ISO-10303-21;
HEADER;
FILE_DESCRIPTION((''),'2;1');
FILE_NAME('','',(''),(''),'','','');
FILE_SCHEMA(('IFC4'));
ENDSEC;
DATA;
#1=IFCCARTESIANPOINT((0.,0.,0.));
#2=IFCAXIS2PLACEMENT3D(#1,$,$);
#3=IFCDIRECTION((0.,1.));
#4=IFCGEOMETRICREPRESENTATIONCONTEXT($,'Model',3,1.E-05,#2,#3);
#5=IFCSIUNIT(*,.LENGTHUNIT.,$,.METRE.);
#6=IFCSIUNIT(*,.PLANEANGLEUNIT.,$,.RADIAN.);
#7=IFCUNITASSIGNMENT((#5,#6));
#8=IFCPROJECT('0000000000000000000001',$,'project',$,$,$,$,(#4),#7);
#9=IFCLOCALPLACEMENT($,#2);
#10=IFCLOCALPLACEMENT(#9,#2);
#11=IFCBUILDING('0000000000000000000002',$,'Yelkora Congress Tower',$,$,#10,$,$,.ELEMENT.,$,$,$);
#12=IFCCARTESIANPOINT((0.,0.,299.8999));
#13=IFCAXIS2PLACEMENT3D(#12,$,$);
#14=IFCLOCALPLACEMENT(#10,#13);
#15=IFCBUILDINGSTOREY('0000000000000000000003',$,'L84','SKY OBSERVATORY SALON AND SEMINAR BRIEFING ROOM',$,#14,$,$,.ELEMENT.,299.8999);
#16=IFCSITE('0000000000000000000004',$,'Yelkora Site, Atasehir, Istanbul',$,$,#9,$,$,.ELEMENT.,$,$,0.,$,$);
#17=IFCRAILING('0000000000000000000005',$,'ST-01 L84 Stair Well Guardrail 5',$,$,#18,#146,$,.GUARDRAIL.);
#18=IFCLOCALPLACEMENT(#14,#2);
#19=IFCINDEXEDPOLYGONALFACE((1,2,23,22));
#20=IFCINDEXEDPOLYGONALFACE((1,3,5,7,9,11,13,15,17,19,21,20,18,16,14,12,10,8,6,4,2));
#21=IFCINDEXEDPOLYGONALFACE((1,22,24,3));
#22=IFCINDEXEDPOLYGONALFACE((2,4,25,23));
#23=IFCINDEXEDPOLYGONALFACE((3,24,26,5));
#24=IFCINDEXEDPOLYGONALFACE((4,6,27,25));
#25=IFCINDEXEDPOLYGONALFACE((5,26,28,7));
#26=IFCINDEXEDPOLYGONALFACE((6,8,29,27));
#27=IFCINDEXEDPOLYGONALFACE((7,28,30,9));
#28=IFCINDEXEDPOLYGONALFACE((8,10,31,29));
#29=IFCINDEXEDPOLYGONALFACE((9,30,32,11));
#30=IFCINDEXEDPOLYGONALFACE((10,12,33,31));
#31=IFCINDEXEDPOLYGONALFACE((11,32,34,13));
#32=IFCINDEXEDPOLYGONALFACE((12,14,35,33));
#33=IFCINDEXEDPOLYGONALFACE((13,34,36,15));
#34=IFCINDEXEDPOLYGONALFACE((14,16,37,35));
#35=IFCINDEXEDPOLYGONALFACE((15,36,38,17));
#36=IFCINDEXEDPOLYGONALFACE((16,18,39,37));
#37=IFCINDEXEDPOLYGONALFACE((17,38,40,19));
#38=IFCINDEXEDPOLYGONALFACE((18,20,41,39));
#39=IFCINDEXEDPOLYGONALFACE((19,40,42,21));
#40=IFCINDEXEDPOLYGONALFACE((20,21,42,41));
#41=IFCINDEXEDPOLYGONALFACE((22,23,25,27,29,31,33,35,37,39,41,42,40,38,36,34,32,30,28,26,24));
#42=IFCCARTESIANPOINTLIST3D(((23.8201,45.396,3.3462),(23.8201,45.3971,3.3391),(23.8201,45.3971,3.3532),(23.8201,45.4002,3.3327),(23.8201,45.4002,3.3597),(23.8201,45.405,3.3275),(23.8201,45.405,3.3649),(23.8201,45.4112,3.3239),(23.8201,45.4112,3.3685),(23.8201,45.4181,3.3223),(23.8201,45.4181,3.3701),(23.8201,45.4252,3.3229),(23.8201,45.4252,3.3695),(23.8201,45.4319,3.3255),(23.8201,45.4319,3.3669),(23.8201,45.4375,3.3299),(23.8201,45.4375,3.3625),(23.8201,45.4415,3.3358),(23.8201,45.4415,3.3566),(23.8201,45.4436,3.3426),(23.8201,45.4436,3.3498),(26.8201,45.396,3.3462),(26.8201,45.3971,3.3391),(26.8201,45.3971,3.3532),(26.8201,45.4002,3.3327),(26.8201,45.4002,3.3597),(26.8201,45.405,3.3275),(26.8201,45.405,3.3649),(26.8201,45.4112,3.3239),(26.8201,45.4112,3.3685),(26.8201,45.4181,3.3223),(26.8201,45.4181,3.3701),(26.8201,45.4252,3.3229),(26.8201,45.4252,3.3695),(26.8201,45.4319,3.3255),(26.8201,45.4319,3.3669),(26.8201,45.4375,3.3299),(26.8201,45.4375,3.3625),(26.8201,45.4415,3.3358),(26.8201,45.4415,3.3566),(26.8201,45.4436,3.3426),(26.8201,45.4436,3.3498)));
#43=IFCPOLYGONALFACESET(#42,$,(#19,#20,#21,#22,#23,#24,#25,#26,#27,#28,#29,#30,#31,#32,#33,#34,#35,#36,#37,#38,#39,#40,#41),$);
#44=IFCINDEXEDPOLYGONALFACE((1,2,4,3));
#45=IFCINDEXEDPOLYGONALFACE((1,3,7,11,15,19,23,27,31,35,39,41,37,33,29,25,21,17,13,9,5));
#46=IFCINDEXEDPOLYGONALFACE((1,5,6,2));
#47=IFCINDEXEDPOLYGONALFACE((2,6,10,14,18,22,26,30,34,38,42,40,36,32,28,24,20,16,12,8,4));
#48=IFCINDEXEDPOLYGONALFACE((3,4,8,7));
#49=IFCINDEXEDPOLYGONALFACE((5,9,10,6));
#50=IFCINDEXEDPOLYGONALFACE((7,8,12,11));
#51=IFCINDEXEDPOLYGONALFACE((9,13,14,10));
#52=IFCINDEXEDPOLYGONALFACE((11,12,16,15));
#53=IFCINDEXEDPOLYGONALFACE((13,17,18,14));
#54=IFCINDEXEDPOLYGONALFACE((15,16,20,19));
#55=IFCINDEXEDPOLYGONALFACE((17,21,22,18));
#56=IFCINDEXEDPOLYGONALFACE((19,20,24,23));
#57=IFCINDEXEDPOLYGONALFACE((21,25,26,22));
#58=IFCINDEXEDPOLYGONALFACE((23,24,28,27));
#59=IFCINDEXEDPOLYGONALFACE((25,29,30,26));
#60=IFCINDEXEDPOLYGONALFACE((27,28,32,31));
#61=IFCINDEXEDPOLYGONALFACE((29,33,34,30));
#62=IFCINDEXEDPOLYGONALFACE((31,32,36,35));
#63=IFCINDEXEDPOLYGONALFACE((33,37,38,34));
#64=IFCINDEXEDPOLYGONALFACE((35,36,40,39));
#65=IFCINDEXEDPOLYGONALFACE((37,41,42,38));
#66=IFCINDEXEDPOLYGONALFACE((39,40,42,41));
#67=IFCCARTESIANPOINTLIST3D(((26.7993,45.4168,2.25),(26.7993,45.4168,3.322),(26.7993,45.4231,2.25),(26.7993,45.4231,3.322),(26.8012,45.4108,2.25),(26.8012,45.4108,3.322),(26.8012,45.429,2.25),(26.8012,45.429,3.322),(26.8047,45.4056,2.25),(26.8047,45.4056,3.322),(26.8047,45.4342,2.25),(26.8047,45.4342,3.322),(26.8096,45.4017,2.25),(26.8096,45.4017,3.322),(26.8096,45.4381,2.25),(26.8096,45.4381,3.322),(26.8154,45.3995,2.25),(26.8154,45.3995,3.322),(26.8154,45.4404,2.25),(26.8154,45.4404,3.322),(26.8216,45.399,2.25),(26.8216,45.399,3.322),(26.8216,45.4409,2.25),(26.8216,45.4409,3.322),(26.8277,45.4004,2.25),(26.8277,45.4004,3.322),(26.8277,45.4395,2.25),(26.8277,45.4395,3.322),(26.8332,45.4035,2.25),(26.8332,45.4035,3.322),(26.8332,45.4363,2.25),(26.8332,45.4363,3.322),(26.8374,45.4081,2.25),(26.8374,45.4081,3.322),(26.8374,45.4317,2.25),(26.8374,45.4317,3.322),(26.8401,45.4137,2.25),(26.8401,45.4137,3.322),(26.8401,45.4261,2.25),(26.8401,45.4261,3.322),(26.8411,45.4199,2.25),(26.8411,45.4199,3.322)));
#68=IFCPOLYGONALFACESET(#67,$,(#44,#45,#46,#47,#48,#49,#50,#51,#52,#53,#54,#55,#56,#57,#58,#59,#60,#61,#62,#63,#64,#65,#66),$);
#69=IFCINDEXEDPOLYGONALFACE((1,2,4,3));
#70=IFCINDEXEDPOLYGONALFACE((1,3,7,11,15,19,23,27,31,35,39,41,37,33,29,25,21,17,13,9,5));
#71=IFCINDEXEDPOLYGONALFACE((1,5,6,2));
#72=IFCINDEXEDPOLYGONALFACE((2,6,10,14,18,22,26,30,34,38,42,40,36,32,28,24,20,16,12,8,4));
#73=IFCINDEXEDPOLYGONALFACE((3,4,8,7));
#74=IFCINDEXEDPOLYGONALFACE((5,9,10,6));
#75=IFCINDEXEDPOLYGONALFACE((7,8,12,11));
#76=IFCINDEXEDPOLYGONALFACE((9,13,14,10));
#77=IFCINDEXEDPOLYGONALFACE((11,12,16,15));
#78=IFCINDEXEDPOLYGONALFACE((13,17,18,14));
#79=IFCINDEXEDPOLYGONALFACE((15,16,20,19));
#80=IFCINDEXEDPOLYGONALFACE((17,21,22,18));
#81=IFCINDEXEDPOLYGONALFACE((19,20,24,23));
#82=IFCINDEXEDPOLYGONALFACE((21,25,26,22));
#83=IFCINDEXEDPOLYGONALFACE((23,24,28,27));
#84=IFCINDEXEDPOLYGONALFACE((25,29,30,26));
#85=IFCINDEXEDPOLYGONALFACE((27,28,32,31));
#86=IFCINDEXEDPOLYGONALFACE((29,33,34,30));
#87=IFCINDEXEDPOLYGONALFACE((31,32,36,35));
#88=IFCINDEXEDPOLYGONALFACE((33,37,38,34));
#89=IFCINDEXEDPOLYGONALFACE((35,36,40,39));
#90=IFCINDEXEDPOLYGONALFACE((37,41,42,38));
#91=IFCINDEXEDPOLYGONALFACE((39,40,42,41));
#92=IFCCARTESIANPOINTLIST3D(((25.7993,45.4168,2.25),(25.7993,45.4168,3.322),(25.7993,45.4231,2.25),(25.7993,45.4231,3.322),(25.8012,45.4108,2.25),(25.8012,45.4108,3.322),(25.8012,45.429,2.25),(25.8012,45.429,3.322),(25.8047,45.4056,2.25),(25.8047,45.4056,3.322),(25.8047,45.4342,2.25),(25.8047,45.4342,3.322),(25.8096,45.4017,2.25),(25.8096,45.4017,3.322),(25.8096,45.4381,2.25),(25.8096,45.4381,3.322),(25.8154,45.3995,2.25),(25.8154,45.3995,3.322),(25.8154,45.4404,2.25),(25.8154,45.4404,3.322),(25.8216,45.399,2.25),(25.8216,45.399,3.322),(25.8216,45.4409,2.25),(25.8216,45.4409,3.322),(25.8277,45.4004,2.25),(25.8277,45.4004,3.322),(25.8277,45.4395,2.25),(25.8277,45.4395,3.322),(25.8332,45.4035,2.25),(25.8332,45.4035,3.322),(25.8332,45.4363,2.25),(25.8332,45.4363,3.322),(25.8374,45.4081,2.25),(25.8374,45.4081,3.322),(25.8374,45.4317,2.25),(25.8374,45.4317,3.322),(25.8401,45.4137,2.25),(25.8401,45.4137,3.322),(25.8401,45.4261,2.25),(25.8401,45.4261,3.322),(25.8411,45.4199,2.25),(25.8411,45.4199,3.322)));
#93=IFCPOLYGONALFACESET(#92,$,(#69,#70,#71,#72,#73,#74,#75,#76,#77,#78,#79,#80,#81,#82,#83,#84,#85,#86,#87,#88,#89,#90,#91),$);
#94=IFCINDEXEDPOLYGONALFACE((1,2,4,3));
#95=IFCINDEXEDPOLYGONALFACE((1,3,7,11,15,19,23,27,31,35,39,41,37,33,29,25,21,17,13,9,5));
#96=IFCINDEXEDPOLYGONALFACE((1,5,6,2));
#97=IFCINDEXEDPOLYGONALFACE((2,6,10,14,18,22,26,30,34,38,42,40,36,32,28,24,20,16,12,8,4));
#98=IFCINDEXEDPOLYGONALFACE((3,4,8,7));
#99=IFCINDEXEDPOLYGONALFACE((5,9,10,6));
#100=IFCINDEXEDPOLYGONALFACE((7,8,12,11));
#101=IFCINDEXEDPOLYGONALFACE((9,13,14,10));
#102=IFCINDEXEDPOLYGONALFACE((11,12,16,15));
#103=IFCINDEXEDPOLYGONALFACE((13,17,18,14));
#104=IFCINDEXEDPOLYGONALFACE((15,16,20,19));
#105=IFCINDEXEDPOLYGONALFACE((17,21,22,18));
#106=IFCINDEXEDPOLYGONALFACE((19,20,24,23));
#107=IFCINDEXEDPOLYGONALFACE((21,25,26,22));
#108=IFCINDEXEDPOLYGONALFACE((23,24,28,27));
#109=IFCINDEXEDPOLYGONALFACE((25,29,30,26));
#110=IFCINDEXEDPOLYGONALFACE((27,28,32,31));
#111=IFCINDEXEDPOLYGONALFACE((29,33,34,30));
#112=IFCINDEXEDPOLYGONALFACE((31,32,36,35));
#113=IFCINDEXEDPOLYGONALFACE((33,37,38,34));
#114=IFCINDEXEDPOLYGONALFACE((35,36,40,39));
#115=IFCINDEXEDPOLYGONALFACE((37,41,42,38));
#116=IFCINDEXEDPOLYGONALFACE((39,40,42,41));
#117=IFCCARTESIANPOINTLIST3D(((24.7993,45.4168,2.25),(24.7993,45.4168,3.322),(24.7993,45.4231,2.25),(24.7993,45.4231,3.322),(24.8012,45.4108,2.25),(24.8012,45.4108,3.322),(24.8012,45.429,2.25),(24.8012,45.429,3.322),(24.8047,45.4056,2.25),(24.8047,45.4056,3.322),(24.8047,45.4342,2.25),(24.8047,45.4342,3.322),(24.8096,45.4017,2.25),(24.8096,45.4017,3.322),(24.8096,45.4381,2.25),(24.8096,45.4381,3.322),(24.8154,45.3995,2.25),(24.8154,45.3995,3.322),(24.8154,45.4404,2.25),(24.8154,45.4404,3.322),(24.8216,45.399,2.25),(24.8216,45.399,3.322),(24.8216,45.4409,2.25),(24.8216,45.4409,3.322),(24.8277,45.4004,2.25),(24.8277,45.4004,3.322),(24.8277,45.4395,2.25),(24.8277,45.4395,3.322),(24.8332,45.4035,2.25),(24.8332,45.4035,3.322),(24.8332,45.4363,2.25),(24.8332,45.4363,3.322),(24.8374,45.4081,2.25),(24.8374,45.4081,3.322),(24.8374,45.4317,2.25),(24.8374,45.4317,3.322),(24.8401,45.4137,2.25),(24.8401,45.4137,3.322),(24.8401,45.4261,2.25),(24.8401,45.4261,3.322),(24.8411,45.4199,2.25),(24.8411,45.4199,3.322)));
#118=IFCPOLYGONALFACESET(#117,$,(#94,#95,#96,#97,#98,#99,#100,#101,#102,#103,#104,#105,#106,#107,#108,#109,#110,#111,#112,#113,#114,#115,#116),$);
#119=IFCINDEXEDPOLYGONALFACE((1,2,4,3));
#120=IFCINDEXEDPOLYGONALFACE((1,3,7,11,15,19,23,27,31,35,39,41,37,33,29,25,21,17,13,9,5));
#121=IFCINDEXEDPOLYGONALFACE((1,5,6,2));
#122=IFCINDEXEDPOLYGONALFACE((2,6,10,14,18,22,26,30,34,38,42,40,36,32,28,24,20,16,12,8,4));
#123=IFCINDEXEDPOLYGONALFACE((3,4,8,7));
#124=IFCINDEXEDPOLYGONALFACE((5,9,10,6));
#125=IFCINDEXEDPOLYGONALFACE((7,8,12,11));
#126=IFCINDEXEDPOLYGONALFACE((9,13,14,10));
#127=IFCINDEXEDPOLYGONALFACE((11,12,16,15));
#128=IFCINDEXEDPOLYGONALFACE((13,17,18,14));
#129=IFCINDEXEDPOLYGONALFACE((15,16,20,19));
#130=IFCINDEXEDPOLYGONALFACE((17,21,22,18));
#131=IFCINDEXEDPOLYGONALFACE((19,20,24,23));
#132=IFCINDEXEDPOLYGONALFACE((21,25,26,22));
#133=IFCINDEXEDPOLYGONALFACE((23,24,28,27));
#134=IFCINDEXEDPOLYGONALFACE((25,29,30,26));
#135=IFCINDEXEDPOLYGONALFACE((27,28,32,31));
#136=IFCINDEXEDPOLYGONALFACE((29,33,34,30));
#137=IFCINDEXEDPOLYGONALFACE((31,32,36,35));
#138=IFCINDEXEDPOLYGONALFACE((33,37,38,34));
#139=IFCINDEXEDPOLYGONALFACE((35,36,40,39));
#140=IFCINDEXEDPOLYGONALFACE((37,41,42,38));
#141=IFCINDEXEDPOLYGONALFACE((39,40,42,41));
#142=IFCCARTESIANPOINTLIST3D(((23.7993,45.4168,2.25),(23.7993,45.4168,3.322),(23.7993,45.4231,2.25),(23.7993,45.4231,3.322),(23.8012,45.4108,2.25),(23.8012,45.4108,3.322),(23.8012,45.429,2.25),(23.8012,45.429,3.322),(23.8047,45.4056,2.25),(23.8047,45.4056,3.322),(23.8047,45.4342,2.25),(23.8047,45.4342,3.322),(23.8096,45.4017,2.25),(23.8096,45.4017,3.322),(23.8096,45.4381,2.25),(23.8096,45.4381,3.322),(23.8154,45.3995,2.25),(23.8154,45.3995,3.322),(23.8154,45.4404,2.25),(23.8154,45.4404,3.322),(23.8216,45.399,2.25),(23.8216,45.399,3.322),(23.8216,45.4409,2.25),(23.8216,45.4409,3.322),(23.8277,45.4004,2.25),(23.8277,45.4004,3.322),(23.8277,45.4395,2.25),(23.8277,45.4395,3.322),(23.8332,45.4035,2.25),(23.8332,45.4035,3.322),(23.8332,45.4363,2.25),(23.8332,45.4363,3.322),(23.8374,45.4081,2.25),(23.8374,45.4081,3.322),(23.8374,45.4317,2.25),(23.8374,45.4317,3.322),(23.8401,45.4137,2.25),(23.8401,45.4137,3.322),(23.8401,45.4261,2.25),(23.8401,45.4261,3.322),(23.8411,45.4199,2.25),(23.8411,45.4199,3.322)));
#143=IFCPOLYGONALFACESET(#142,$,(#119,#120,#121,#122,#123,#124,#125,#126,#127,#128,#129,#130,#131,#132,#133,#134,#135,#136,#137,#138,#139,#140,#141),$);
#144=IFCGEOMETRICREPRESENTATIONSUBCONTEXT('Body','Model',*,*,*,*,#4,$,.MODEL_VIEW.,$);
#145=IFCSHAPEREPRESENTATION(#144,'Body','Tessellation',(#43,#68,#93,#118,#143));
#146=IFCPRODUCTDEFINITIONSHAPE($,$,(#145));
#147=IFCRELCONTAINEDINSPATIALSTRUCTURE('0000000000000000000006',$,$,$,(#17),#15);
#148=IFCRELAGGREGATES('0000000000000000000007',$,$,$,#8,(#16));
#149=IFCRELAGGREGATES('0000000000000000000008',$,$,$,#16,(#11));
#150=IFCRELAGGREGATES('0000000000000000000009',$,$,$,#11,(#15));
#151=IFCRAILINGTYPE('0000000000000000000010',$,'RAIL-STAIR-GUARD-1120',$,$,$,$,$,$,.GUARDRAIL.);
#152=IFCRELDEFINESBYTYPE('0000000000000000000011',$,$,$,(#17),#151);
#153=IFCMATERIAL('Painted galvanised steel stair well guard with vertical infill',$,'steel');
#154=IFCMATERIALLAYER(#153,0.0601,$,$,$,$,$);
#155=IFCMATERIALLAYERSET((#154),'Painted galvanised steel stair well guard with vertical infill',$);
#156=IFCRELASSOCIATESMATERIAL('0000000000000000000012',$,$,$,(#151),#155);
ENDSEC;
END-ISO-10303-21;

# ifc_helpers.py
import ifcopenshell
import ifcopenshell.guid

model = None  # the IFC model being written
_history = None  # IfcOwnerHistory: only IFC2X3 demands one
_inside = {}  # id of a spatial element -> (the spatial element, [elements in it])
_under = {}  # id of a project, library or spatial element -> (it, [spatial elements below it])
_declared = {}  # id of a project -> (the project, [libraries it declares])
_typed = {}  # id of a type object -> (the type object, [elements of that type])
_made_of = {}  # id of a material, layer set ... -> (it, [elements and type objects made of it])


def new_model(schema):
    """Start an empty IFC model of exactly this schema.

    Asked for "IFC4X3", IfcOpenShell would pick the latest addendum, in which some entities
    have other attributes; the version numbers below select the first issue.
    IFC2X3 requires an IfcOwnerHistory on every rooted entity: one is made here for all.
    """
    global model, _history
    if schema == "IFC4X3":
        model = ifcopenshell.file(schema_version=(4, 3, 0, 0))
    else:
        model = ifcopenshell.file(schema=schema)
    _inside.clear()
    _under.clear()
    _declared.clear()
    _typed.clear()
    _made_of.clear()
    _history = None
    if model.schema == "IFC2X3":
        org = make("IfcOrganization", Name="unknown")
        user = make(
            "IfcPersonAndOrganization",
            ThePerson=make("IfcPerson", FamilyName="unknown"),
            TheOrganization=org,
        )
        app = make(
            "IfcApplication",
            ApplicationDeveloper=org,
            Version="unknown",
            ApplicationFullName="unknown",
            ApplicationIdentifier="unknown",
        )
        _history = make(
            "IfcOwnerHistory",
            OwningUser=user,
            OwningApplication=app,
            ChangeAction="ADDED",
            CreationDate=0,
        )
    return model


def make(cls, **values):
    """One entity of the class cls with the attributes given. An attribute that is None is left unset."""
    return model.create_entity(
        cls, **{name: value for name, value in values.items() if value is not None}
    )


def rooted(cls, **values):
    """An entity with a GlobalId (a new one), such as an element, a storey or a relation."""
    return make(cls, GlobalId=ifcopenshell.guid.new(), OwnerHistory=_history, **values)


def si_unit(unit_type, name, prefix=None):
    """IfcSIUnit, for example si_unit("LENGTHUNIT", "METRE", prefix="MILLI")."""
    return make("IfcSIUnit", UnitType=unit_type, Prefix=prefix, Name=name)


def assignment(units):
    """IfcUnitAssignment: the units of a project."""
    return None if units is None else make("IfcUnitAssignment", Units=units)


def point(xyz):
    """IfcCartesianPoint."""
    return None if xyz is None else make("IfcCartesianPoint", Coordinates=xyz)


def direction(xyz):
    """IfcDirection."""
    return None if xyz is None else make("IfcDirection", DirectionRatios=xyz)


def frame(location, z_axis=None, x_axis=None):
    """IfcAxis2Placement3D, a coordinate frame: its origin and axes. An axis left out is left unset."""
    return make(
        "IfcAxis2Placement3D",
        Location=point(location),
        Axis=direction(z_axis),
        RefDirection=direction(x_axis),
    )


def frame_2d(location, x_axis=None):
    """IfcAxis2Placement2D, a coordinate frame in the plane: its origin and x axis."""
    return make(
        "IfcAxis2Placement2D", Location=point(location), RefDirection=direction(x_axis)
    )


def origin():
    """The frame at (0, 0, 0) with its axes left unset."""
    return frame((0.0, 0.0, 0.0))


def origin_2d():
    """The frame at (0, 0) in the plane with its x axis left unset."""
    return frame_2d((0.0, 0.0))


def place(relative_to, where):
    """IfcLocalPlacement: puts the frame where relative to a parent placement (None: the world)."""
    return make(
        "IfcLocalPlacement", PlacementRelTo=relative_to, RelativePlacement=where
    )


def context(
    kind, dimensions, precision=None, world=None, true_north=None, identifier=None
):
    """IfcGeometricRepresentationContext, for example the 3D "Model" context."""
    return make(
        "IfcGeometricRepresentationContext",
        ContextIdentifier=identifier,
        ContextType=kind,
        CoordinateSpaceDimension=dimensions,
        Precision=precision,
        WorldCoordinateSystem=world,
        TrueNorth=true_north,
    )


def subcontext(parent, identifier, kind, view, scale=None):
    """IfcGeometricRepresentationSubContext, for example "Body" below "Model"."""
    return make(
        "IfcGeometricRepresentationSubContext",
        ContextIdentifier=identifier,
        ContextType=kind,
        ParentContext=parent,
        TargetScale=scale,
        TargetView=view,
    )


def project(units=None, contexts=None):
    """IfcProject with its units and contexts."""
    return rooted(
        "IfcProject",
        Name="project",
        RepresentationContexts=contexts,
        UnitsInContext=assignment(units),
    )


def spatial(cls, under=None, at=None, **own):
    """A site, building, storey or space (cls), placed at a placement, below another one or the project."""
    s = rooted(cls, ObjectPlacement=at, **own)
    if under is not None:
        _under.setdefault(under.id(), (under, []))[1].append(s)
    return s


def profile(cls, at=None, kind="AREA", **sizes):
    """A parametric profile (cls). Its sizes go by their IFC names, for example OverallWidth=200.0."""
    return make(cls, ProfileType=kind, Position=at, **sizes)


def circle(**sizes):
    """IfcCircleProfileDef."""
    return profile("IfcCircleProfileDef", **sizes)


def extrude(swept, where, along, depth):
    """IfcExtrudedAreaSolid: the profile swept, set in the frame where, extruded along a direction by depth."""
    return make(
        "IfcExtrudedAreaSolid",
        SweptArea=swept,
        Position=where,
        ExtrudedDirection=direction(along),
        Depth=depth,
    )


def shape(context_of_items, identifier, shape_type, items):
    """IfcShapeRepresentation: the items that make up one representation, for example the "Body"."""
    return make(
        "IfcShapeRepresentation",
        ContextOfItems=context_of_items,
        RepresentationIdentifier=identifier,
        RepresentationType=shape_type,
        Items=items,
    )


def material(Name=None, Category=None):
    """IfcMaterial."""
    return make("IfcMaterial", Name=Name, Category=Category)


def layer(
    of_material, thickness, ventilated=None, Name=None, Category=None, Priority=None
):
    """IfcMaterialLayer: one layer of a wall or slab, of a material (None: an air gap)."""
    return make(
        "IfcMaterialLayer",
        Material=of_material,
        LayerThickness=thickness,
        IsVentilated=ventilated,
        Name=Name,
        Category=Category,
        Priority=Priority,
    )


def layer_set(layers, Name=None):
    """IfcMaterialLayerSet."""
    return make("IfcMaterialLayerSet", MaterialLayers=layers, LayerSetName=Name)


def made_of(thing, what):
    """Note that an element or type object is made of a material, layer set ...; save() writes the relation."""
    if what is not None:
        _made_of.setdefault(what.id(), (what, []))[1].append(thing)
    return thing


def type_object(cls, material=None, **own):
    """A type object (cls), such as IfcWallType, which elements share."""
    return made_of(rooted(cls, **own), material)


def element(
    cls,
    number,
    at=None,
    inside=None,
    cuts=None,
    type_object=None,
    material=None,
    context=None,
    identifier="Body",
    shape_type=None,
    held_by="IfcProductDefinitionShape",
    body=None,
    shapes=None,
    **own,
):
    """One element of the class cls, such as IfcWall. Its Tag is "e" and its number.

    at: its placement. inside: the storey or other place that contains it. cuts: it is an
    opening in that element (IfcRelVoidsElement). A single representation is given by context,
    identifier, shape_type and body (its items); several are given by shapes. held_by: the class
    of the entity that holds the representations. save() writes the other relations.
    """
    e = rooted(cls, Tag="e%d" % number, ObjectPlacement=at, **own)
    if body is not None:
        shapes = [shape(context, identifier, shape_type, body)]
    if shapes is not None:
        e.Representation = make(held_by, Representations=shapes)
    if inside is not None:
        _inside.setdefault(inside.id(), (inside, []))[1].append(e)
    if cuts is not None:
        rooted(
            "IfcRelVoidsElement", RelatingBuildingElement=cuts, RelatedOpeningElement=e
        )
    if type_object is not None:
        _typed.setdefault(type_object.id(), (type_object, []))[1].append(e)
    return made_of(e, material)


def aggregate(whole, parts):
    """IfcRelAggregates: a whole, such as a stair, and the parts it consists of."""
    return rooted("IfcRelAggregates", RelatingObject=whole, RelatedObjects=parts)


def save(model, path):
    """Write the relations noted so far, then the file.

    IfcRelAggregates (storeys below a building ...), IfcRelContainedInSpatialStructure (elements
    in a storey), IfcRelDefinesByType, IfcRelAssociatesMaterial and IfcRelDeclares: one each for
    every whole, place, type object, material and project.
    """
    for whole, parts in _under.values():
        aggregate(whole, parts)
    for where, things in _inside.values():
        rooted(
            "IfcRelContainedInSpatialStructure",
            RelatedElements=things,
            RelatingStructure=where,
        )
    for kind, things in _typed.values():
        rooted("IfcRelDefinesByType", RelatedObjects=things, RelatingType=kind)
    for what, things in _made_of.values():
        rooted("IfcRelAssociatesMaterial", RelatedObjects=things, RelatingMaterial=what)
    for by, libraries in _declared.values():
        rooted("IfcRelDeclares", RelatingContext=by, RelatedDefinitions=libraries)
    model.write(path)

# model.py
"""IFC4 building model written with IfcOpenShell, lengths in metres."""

from ifc_helpers import new_model, si_unit, direction, frame, origin, origin_2d, place, context, subcontext, project, spatial, circle, extrude, material, layer, layer_set, type_object, element, save


model = new_model("IFC4")

# Units and contexts
model_context = context("Model", 3, precision=1e-05, world=origin(), true_north=direction((0.0, 1.0)))
body_context = subcontext(model_context, "Body", "Model", "MODEL_VIEW")
ifc_project = project(units=[si_unit("LENGTHUNIT", "METRE"), si_unit("PLANEANGLEUNIT", "RADIAN")], contexts=[model_context])

# Site, building, storey
site_placement = place(None, origin())
site = spatial("IfcSite", under=ifc_project, at=site_placement, Name="Yelkora Site, Atasehir, Istanbul", CompositionType="ELEMENT", RefElevation=0.0)
building_placement = place(site_placement, origin())
building = spatial("IfcBuilding", under=site, at=building_placement, Name="Yelkora Congress Tower", CompositionType="ELEMENT")
storey_placement = place(building_placement, frame((0.0, 0.0, 299.8999)))
storey = spatial("IfcBuildingStorey", under=building, at=storey_placement, Name="L84", Description="SKY OBSERVATORY SALON AND SEMINAR BRIEFING ROOM", CompositionType="ELEMENT", Elevation=299.8999)

# Railing
ifc_material_1 = material(Name="Painted galvanised steel stair well guard with vertical infill", Category="steel")
ifc_layer_1 = layer(ifc_material_1, 0.0601)
ifc_layer_set_1 = layer_set([ifc_layer_1], Name="Painted galvanised steel stair well guard with vertical infill")
railing_type = type_object("IfcRailingType", Name="RAIL-STAIR-GUARD-1120", PredefinedType="GUARDRAIL", material=ifc_layer_set_1)
railing_1_placement = place(storey_placement, frame((26.8201, 45.4199, 2.25)))
element("IfcRailing", 1, at=railing_1_placement, inside=storey, type_object=railing_type, Name="ST-01 L84 Stair Well Guardrail 5", PredefinedType="GUARDRAIL", context=body_context, shape_type="SweptSolid", body=[
    extrude(circle(Radius=0.0239, at=origin_2d()), frame((0.0, 0.0, 1.0962), z_axis=(-1.0, 0.0, 0.0), x_axis=(0.0, -1.0, 0.0)), (0.0, 0.0, 1.0), 3.0),
    extrude(circle(Radius=0.021, at=origin_2d()), origin(), (0.0, 0.0, 1.0), 1.072),
    extrude(circle(Radius=0.021, at=origin_2d()), frame((-1.0, 0.0, 0.0)), (0.0, 0.0, 1.0), 1.072),
    extrude(circle(Radius=0.021, at=origin_2d()), frame((-2.0, 0.0, 0.0)), (0.0, 0.0, 1.0), 1.072),
    extrude(circle(Radius=0.021, at=origin_2d()), frame((-3.0, 0.0, 0.0)), (0.0, 0.0, 1.0), 1.072),
])

save(model, "model.ifc")
